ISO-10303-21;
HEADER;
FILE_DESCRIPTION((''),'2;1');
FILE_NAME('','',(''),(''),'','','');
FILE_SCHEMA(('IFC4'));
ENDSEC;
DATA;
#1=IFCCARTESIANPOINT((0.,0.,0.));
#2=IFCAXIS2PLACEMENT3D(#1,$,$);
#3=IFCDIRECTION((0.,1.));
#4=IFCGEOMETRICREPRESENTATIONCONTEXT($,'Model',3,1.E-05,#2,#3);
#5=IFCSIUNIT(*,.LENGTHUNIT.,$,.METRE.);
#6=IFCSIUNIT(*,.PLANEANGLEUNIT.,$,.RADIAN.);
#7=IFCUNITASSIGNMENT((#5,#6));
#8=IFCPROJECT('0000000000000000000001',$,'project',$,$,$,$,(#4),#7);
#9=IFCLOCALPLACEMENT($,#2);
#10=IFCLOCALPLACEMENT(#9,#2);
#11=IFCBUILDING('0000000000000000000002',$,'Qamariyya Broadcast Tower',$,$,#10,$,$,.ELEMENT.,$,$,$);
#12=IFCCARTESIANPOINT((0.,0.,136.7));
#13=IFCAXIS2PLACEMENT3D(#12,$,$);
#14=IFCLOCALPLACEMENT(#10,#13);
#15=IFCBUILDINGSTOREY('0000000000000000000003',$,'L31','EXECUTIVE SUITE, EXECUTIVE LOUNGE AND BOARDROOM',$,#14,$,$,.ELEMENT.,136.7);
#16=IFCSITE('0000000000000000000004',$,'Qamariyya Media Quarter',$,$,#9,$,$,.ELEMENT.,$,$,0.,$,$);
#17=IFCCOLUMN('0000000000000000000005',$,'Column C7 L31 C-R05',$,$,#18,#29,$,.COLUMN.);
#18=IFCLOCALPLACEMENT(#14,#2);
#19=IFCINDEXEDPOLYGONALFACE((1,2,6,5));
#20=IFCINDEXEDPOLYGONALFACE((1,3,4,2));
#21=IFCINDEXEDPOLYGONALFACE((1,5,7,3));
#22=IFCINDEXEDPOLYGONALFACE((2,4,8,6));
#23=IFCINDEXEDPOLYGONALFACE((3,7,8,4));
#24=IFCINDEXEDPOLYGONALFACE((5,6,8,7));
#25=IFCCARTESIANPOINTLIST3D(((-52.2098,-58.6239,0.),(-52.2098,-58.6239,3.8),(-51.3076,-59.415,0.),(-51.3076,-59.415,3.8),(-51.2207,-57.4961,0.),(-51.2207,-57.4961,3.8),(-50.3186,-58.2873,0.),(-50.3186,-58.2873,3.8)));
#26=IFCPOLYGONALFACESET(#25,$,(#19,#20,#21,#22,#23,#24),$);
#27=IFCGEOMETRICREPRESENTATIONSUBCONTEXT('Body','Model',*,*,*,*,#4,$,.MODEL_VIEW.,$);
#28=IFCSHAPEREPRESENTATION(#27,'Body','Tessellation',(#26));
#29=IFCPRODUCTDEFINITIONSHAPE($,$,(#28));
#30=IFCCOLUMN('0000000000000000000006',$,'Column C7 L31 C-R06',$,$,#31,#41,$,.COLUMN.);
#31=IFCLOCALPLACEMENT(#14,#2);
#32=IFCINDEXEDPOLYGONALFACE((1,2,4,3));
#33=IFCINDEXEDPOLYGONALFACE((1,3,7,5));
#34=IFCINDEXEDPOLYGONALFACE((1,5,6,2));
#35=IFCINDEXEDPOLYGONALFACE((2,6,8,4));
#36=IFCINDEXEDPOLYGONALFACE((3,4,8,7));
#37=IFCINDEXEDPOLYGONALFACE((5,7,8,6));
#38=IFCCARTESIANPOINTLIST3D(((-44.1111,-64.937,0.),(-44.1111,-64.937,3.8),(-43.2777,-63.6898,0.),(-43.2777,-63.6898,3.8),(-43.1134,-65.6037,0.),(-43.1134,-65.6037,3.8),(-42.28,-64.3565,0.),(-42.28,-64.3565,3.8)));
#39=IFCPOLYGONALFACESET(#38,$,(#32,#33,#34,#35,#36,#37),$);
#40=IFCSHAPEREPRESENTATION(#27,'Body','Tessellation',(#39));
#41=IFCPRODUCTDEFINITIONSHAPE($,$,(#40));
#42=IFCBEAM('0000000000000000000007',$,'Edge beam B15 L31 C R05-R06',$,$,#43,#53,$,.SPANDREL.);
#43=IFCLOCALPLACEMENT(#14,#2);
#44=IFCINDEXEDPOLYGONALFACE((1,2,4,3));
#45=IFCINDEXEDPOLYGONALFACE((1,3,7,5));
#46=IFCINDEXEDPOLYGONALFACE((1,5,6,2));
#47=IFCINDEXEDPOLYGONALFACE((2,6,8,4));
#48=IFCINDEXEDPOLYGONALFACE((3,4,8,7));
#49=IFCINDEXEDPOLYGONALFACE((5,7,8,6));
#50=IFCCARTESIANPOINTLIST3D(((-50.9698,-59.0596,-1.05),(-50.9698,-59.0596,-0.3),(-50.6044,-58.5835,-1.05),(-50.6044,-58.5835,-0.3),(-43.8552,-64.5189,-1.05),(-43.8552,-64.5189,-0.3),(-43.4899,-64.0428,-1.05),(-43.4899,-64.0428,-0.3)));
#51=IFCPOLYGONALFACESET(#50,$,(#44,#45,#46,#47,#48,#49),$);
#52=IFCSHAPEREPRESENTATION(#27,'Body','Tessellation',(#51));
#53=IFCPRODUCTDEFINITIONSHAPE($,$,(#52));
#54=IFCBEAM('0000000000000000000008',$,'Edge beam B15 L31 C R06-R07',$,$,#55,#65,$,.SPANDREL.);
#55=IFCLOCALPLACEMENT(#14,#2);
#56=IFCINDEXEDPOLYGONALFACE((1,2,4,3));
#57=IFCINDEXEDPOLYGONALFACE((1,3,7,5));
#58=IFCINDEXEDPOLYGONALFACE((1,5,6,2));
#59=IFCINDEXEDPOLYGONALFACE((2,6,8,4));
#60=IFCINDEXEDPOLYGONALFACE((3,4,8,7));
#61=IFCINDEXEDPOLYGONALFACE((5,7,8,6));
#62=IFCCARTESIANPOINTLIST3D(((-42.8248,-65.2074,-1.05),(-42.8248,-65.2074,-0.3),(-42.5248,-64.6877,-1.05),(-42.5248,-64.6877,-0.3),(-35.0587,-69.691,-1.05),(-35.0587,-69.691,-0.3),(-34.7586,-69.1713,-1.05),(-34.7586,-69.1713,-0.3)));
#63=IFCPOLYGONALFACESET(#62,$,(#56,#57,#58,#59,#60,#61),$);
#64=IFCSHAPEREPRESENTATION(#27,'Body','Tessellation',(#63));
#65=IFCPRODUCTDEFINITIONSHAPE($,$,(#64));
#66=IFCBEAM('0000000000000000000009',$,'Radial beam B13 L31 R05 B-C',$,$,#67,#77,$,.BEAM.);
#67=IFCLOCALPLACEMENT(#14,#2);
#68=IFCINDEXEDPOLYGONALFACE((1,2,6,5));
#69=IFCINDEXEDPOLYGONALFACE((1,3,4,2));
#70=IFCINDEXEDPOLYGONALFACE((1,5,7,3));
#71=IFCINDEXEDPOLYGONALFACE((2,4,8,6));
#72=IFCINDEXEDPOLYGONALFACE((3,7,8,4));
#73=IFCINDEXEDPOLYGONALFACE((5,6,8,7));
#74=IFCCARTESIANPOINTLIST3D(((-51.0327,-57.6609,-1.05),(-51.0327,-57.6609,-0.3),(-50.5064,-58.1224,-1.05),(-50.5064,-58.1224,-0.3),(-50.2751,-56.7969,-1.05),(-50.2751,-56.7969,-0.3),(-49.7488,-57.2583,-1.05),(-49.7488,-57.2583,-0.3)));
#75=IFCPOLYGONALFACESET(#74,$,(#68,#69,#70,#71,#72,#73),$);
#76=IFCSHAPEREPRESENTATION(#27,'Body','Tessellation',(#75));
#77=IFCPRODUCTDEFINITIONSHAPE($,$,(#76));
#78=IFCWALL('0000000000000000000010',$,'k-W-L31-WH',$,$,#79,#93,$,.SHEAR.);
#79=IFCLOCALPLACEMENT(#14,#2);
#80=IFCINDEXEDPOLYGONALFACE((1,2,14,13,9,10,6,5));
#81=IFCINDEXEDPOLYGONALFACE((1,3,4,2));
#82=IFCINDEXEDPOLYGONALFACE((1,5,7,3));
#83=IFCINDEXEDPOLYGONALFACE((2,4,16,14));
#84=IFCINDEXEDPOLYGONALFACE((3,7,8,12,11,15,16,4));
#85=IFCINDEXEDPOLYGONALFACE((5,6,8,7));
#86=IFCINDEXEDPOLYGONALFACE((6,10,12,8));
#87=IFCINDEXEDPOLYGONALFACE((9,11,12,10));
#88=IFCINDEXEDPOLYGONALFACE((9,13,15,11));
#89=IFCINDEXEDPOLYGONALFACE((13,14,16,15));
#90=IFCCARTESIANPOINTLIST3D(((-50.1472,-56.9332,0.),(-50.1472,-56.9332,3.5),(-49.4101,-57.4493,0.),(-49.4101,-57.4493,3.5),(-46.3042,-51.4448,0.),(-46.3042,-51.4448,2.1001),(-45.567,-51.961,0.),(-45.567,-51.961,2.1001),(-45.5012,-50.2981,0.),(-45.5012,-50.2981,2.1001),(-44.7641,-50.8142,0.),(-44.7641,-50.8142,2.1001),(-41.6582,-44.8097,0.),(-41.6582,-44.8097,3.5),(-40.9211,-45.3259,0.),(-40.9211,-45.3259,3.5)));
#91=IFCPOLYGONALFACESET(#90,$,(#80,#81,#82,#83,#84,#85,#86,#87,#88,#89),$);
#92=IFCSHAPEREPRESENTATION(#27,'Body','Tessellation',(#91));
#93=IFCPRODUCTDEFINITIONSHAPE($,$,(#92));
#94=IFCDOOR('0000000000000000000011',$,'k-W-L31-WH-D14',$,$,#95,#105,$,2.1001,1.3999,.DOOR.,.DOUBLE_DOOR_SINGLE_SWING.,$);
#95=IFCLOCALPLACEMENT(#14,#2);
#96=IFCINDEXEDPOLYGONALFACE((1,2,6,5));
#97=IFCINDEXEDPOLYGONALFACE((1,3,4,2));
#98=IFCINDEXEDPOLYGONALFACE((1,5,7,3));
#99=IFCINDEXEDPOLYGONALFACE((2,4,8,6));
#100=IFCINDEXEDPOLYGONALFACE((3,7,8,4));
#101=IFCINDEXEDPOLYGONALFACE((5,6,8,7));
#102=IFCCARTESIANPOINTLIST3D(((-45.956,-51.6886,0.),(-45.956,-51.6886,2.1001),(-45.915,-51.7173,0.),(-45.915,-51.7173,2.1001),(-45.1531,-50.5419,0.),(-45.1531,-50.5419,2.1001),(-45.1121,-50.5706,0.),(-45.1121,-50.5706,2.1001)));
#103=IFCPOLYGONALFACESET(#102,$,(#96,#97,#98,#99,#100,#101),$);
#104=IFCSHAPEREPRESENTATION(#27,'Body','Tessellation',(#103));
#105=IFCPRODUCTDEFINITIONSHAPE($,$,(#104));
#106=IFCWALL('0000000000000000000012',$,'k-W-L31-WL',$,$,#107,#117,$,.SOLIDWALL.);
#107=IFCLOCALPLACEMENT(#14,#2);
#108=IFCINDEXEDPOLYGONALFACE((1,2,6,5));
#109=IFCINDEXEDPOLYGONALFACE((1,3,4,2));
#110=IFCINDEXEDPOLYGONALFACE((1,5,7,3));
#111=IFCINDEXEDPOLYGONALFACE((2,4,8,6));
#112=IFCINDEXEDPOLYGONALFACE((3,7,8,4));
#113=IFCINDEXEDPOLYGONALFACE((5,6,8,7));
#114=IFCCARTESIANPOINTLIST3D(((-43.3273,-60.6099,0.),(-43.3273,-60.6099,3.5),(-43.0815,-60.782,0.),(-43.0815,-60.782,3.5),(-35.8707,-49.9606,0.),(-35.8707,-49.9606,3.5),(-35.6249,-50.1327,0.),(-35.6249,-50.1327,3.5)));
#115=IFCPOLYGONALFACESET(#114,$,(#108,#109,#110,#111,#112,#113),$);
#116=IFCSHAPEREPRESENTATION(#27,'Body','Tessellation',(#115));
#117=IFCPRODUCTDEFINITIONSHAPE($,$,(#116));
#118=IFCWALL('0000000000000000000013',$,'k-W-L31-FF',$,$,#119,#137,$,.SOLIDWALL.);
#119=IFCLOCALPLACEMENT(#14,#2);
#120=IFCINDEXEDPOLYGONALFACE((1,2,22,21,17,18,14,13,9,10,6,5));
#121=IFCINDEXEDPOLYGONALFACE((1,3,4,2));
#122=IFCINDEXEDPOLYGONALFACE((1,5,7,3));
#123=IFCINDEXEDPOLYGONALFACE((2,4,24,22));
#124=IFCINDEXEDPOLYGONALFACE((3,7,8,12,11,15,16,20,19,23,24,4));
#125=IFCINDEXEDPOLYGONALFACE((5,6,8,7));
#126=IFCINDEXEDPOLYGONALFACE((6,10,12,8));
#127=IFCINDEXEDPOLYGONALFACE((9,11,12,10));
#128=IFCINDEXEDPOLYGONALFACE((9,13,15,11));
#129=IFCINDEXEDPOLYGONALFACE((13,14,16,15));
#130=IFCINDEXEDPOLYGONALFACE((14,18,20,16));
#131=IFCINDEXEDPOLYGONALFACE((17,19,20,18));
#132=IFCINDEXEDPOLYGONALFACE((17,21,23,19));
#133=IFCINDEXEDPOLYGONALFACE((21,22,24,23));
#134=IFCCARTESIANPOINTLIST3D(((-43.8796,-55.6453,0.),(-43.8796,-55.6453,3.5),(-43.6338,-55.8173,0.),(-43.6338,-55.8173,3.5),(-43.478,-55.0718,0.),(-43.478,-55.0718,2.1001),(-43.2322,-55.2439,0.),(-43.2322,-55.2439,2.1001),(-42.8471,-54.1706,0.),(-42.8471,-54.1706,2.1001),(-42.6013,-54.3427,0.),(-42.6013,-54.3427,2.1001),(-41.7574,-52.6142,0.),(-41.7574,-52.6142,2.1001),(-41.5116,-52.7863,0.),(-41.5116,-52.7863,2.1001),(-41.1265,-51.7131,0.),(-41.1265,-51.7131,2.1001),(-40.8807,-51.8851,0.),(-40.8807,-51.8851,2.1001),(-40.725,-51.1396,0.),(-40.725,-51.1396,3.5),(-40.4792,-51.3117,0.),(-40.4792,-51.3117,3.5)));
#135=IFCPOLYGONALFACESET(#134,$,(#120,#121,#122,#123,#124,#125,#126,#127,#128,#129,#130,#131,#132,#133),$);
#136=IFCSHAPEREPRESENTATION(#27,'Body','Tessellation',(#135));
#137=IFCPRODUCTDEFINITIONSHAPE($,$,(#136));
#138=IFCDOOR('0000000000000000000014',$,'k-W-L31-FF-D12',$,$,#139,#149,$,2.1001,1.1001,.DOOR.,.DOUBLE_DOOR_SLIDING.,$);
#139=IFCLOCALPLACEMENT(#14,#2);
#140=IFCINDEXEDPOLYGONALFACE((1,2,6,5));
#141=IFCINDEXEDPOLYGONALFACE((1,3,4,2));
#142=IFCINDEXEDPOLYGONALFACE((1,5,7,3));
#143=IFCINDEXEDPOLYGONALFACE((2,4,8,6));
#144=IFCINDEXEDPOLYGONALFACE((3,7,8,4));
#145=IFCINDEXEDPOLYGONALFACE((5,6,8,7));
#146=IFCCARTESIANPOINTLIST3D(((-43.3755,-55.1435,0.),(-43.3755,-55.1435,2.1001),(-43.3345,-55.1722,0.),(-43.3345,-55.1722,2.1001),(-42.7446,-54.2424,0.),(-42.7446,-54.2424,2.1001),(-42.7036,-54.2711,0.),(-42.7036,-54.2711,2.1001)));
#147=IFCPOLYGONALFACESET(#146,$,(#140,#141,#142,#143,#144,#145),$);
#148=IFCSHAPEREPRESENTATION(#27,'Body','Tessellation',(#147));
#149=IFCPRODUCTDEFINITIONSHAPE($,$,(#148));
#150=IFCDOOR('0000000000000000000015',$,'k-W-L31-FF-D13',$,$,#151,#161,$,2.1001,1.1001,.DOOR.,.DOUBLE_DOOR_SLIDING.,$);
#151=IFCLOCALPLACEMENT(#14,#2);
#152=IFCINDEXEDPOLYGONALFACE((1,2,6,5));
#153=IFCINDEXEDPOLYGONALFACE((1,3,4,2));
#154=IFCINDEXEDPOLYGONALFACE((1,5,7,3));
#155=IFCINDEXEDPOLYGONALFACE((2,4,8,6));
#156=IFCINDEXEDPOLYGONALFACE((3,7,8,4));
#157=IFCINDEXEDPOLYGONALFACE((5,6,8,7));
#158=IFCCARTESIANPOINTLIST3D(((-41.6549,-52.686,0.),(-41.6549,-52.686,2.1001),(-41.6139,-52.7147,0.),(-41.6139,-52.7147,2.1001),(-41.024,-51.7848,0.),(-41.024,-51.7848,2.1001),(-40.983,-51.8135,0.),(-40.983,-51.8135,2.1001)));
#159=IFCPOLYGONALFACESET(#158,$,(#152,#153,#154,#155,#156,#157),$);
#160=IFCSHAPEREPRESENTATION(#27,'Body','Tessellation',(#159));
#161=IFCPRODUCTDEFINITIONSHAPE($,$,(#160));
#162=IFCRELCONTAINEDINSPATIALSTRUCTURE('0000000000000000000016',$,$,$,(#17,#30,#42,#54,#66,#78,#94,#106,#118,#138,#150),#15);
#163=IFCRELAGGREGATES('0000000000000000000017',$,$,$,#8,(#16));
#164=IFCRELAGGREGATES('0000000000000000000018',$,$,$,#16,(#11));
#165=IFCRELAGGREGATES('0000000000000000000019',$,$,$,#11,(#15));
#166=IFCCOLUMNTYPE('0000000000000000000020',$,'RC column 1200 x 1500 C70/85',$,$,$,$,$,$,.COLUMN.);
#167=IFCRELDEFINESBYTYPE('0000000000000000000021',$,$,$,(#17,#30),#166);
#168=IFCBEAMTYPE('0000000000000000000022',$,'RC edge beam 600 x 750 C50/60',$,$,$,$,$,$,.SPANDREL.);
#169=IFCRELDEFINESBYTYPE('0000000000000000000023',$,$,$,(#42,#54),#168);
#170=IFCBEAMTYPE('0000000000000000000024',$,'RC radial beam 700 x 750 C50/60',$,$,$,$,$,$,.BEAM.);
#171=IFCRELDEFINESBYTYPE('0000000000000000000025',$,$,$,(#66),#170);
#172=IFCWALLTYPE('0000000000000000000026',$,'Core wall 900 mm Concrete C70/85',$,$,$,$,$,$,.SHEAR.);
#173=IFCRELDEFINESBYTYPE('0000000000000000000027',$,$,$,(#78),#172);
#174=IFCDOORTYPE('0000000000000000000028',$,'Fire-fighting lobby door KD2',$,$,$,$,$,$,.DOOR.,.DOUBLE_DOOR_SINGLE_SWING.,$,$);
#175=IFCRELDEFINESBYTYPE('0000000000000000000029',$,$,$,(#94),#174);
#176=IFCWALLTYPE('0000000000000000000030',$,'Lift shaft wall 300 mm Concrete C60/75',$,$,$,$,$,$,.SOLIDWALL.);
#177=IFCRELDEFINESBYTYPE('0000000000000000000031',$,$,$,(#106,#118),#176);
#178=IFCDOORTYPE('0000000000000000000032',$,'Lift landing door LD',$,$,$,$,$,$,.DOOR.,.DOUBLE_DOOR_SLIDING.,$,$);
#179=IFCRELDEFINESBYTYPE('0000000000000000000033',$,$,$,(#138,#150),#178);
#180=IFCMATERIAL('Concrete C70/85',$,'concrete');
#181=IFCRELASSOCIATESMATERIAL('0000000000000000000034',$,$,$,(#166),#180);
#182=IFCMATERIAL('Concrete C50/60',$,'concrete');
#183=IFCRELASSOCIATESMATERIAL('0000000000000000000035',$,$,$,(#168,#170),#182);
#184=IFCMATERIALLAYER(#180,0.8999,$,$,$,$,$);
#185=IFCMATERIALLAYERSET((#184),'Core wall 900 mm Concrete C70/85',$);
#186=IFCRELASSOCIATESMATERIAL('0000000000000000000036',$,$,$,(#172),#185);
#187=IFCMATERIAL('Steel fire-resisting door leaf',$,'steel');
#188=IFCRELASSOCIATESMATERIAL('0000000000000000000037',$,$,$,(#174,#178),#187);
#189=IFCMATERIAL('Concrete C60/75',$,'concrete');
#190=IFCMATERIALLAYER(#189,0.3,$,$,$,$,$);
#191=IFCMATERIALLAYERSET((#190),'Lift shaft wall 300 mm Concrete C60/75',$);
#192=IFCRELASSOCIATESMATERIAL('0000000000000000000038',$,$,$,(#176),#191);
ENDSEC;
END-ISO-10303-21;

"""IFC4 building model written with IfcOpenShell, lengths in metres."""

from ifc_helpers import new_model, si_unit, direction, frame, frame_2d, origin, origin_2d, place, context, subcontext, project, spatial, rectangle, extrude, material, layer, layer_set, material_profile, profile_set, type_object, element, fill, save


model = new_model("IFC4")

# Units and contexts
model_context = context("Model", 3, precision=1e-05, world=origin(), true_north=direction((0.0, 1.0)))
body_context = subcontext(model_context, "Body", "Model", "MODEL_VIEW")
ifc_project = project(units=[si_unit("LENGTHUNIT", "METRE"), si_unit("PLANEANGLEUNIT", "RADIAN")], contexts=[model_context])

# Site, building, storey
site_placement = place(None, origin())
site = spatial("IfcSite", under=ifc_project, at=site_placement, Name="Qamariyya Media Quarter", CompositionType="ELEMENT", RefElevation=0.0)
building_placement = place(site_placement, origin())
building = spatial("IfcBuilding", under=site, at=building_placement, Name="Qamariyya Broadcast Tower", CompositionType="ELEMENT")
storey_placement = place(building_placement, frame((0.0, 0.0, 136.7)))
storey = spatial("IfcBuildingStorey", under=building, at=storey_placement, Name="L31", Description="EXECUTIVE SUITE, EXECUTIVE LOUNGE AND BOARDROOM", CompositionType="ELEMENT", Elevation=136.7)

# Columns
ifc_material_1 = material(Name="Concrete C70/85", Category="concrete")
ifc_material_profile_1 = material_profile(ifc_material_1, rectangle(XDim=1.2, YDim=1.5, at=origin_2d()))
ifc_profile_set_1 = profile_set([ifc_material_profile_1], Name="Concrete C70/85")
column_type = type_object("IfcColumnType", Name="RC column 1200 x 1500 C70/85", PredefinedType="COLUMN", material=ifc_profile_set_1)
for number, where, z_axis, x_axis, name in (
    (1, (-51.2642, -58.4556, 0.0), (0.0, 0.0, 1.0), (0.75184, -0.659346, 0.0), "Column C7 L31 C-R05"),
    (2, (-43.1956, -64.6467, 0.0), (0.0, 0.0, 1.0), (0.83147, -0.55557, 0.0), "Column C7 L31 C-R06"),
):
    element("IfcColumn", number, at=place(storey_placement, frame(where, z_axis=z_axis, x_axis=x_axis)), inside=storey, type_object=column_type, Name=name, PredefinedType="COLUMN", context=body_context, shape_type="SweptSolid", body=[
        extrude(rectangle(XDim=1.2, YDim=1.5, at=origin_2d()), origin(), (0.0, 0.0, 1.0), 3.8),
    ])

# Beams
ifc_material_2 = material(Name="Concrete C50/60", Category="concrete")
ifc_material_profile_2 = material_profile(ifc_material_2, rectangle(XDim=0.6001, YDim=0.75, at=origin_2d()))
ifc_profile_set_2 = profile_set([ifc_material_profile_2], Name="Concrete C50/60")
beam_type_1 = type_object("IfcBeamType", Name="RC edge beam 600 x 750 C50/60", PredefinedType="SPANDREL", material=ifc_profile_set_2)
beam_1_placement = place(storey_placement, frame((-50.7871, -58.8215, -0.675), z_axis=(0.793349, -0.608767, 0.0), x_axis=(0.608767, 0.793349, 0.0)))
element("IfcBeam", 3, at=beam_1_placement, inside=storey, type_object=beam_type_1, Name="Edge beam B15 L31 C R05-R06", PredefinedType="SPANDREL", context=body_context, shape_type="SweptSolid", body=[
    extrude(rectangle(XDim=0.6001, YDim=0.75, at=origin_2d()), origin(), (0.0, 0.0, 1.0), 8.9678),
])
beam_2_placement = place(storey_placement, frame((-42.6748, -64.9475, -0.675), z_axis=(0.866031, -0.49999, 0.0), x_axis=(0.49999, 0.866031, 0.0)))
element("IfcBeam", 4, at=beam_2_placement, inside=storey, type_object=beam_type_1, Name="Edge beam B15 L31 C R06-R07", PredefinedType="SPANDREL", context=body_context, shape_type="SweptSolid", body=[
    extrude(rectangle(XDim=0.6001, YDim=0.75, at=origin_2d()), origin(), (0.0, 0.0, 1.0), 8.9675),
])
ifc_material_profile_3 = material_profile(ifc_material_2, rectangle(XDim=0.7, YDim=0.75, at=origin_2d()))
ifc_profile_set_3 = profile_set([ifc_material_profile_3], Name="Concrete C50/60")
beam_type_2 = type_object("IfcBeamType", Name="RC radial beam 700 x 750 C50/60", PredefinedType="BEAM", material=ifc_profile_set_3)
beam_3_placement = place(storey_placement, frame((-50.012, -57.0276, -0.675), z_axis=(-0.659271, -0.751905, 0.0), x_axis=(0.751905, -0.659271, 0.0)))
element("IfcBeam", 5, at=beam_3_placement, inside=storey, type_object=beam_type_2, Name="Radial beam B13 L31 R05 B-C", PredefinedType="BEAM", context=body_context, shape_type="SweptSolid", body=[
    extrude(rectangle(XDim=0.7, YDim=0.75, at=origin_2d()), origin(), (0.0, 0.0, 1.0), 1.1492),
])

# Wall, opening, door
ifc_layer_1 = layer(ifc_material_1, 0.8999)
ifc_layer_set_1 = layer_set([ifc_layer_1], Name="Core wall 900 mm Concrete C70/85")
wall_type_1 = type_object("IfcWallType", Name="Core wall 900 mm Concrete C70/85", PredefinedType="SHEAR", material=ifc_layer_set_1)
wall_1_placement = place(storey_placement, frame((-49.7786, -57.1912, 0.0), z_axis=(0.0, 0.0, 1.0), x_axis=(0.573577, 0.819151, 0.0)))
wall_1 = element("IfcWall", 6, at=wall_1_placement, inside=storey, type_object=wall_type_1, Name="k-W-L31-WH", PredefinedType="SHEAR", context=body_context, shape_type="SweptSolid", body=[
    extrude(rectangle(XDim=14.8, YDim=0.8999, at=frame_2d((7.3999, 0.0))), origin(), (0.0, 0.0, 1.0), 3.5),
])
opening_1_placement = place(wall_1_placement, frame((6.7, 0.0, 0.0)))
opening_1 = element("IfcOpeningElement", 7, at=opening_1_placement, cuts=wall_1, PredefinedType="OPENING", context=body_context, shape_type="SweptSolid", body=[
    extrude(rectangle(XDim=1.3999, YDim=2.1001, at=frame_2d((0.7, 1.05))), frame((0.0, 0.46, 0.0), z_axis=(0.0, -1.0, 0.0), x_axis=(1.0, 0.0, 0.0)), (0.0, 0.0, 1.0), 0.9199),
])
ifc_material_3 = material(Name="Steel fire-resisting door leaf", Category="steel")
door_type_1 = type_object("IfcDoorType", Name="Fire-fighting lobby door KD2", OperationType="DOUBLE_DOOR_SINGLE_SWING", PredefinedType="DOOR", material=ifc_material_3)
door_1_placement = place(opening_1_placement, origin())
door_1 = element("IfcDoor", 8, at=door_1_placement, inside=storey, type_object=door_type_1, Name="k-W-L31-WH-D14", OperationType="DOUBLE_DOOR_SINGLE_SWING", OverallHeight=2.1001, OverallWidth=1.3999, PredefinedType="DOOR", context=body_context, shape_type="SweptSolid", body=[
    extrude(rectangle(XDim=1.3999, YDim=2.1001, at=frame_2d((0.7, 1.05))), frame((0.0, 0.0249, 0.0), z_axis=(0.0, -1.0, 0.0), x_axis=(1.0, 0.0, 0.0)), (0.0, 0.0, 1.0), 0.05),
])
fill(opening_1, door_1)

# Wall
ifc_material_4 = material(Name="Concrete C60/75", Category="concrete")
ifc_layer_2 = layer(ifc_material_4, 0.3)
ifc_layer_set_2 = layer_set([ifc_layer_2], Name="Lift shaft wall 300 mm Concrete C60/75")
wall_type_2 = type_object("IfcWallType", Name="Lift shaft wall 300 mm Concrete C60/75", PredefinedType="SOLIDWALL", material=ifc_layer_set_2)
wall_2_placement = place(storey_placement, frame((-43.2043, -60.6958, 0.0), z_axis=(0.0, 0.0, 1.0), x_axis=(0.573572, 0.819155, 0.0)))
element("IfcWall", 9, at=wall_2_placement, inside=storey, type_object=wall_type_2, Name="k-W-L31-WL", PredefinedType="SOLIDWALL", context=body_context, shape_type="SweptSolid", body=[
    extrude(rectangle(XDim=13.0002, YDim=0.3, at=frame_2d((6.5, 0.0))), origin(), (0.0, 0.0, 1.0), 3.5),
])

# Wall, openings, doors
wall_3_placement = place(storey_placement, frame((-43.7566, -55.7312, 0.0), z_axis=(0.0, 0.0, 1.0), x_axis=(0.573537, 0.81918, 0.0)))
wall_3 = element("IfcWall", 10, at=wall_3_placement, inside=storey, type_object=wall_type_2, Name="k-W-L31-FF", PredefinedType="SOLIDWALL", context=body_context, shape_type="SweptSolid", body=[
    extrude(rectangle(XDim=5.5002, YDim=0.3, at=frame_2d((2.75, 0.0))), origin(), (0.0, 0.0, 1.0), 3.5),
])
opening_2_placement = place(wall_3_placement, frame((0.7, 0.0, 0.0)))
opening_2 = element("IfcOpeningElement", 11, at=opening_2_placement, cuts=wall_3, PredefinedType="OPENING", context=body_context, shape_type="SweptSolid", body=[
    extrude(rectangle(XDim=1.1001, YDim=2.1001, at=frame_2d((0.55, 1.05))), frame((0.0, 0.1599, 0.0), z_axis=(0.0, -1.0, 0.0), x_axis=(1.0, 0.0, 0.0)), (0.0, 0.0, 1.0), 0.3201),
])
opening_3_placement = place(wall_3_placement, frame((3.7, 0.0, 0.0)))
opening_3 = element("IfcOpeningElement", 12, at=opening_3_placement, cuts=wall_3, PredefinedType="OPENING", context=body_context, shape_type="SweptSolid", body=[
    extrude(rectangle(XDim=1.1001, YDim=2.1001, at=frame_2d((0.55, 1.05))), frame((0.0, 0.1599, 0.0), z_axis=(0.0, -1.0, 0.0), x_axis=(1.0, 0.0, 0.0)), (0.0, 0.0, 1.0), 0.3201),
])
door_type_2 = type_object("IfcDoorType", Name="Lift landing door LD", OperationType="DOUBLE_DOOR_SLIDING", PredefinedType="DOOR", material=ifc_material_3)
door_2_placement = place(opening_2_placement, origin())
door_2 = element("IfcDoor", 13, at=door_2_placement, inside=storey, type_object=door_type_2, Name="k-W-L31-FF-D12", OperationType="DOUBLE_DOOR_SLIDING", OverallHeight=2.1001, OverallWidth=1.1001, PredefinedType="DOOR", context=body_context, shape_type="SweptSolid", body=[
    extrude(rectangle(XDim=1.1001, YDim=2.1001, at=frame_2d((0.55, 1.05))), frame((0.0, 0.0249, 0.0), z_axis=(0.0, -1.0, 0.0), x_axis=(1.0, 0.0, 0.0)), (0.0, 0.0, 1.0), 0.05),
])
fill(opening_2, door_2)
door_3_placement = place(opening_3_placement, origin())
door_3 = element("IfcDoor", 14, at=door_3_placement, inside=storey, type_object=door_type_2, Name="k-W-L31-FF-D13", OperationType="DOUBLE_DOOR_SLIDING", OverallHeight=2.1001, OverallWidth=1.1001, PredefinedType="DOOR", context=body_context, shape_type="SweptSolid", body=[
    extrude(rectangle(XDim=1.1001, YDim=2.1001, at=frame_2d((0.55, 1.05))), frame((0.0, 0.0249, 0.0), z_axis=(0.0, -1.0, 0.0), x_axis=(1.0, 0.0, 0.0)), (0.0, 0.0, 1.0), 0.05),
])
fill(opening_3, door_3)

save(model, "model.ifc")
